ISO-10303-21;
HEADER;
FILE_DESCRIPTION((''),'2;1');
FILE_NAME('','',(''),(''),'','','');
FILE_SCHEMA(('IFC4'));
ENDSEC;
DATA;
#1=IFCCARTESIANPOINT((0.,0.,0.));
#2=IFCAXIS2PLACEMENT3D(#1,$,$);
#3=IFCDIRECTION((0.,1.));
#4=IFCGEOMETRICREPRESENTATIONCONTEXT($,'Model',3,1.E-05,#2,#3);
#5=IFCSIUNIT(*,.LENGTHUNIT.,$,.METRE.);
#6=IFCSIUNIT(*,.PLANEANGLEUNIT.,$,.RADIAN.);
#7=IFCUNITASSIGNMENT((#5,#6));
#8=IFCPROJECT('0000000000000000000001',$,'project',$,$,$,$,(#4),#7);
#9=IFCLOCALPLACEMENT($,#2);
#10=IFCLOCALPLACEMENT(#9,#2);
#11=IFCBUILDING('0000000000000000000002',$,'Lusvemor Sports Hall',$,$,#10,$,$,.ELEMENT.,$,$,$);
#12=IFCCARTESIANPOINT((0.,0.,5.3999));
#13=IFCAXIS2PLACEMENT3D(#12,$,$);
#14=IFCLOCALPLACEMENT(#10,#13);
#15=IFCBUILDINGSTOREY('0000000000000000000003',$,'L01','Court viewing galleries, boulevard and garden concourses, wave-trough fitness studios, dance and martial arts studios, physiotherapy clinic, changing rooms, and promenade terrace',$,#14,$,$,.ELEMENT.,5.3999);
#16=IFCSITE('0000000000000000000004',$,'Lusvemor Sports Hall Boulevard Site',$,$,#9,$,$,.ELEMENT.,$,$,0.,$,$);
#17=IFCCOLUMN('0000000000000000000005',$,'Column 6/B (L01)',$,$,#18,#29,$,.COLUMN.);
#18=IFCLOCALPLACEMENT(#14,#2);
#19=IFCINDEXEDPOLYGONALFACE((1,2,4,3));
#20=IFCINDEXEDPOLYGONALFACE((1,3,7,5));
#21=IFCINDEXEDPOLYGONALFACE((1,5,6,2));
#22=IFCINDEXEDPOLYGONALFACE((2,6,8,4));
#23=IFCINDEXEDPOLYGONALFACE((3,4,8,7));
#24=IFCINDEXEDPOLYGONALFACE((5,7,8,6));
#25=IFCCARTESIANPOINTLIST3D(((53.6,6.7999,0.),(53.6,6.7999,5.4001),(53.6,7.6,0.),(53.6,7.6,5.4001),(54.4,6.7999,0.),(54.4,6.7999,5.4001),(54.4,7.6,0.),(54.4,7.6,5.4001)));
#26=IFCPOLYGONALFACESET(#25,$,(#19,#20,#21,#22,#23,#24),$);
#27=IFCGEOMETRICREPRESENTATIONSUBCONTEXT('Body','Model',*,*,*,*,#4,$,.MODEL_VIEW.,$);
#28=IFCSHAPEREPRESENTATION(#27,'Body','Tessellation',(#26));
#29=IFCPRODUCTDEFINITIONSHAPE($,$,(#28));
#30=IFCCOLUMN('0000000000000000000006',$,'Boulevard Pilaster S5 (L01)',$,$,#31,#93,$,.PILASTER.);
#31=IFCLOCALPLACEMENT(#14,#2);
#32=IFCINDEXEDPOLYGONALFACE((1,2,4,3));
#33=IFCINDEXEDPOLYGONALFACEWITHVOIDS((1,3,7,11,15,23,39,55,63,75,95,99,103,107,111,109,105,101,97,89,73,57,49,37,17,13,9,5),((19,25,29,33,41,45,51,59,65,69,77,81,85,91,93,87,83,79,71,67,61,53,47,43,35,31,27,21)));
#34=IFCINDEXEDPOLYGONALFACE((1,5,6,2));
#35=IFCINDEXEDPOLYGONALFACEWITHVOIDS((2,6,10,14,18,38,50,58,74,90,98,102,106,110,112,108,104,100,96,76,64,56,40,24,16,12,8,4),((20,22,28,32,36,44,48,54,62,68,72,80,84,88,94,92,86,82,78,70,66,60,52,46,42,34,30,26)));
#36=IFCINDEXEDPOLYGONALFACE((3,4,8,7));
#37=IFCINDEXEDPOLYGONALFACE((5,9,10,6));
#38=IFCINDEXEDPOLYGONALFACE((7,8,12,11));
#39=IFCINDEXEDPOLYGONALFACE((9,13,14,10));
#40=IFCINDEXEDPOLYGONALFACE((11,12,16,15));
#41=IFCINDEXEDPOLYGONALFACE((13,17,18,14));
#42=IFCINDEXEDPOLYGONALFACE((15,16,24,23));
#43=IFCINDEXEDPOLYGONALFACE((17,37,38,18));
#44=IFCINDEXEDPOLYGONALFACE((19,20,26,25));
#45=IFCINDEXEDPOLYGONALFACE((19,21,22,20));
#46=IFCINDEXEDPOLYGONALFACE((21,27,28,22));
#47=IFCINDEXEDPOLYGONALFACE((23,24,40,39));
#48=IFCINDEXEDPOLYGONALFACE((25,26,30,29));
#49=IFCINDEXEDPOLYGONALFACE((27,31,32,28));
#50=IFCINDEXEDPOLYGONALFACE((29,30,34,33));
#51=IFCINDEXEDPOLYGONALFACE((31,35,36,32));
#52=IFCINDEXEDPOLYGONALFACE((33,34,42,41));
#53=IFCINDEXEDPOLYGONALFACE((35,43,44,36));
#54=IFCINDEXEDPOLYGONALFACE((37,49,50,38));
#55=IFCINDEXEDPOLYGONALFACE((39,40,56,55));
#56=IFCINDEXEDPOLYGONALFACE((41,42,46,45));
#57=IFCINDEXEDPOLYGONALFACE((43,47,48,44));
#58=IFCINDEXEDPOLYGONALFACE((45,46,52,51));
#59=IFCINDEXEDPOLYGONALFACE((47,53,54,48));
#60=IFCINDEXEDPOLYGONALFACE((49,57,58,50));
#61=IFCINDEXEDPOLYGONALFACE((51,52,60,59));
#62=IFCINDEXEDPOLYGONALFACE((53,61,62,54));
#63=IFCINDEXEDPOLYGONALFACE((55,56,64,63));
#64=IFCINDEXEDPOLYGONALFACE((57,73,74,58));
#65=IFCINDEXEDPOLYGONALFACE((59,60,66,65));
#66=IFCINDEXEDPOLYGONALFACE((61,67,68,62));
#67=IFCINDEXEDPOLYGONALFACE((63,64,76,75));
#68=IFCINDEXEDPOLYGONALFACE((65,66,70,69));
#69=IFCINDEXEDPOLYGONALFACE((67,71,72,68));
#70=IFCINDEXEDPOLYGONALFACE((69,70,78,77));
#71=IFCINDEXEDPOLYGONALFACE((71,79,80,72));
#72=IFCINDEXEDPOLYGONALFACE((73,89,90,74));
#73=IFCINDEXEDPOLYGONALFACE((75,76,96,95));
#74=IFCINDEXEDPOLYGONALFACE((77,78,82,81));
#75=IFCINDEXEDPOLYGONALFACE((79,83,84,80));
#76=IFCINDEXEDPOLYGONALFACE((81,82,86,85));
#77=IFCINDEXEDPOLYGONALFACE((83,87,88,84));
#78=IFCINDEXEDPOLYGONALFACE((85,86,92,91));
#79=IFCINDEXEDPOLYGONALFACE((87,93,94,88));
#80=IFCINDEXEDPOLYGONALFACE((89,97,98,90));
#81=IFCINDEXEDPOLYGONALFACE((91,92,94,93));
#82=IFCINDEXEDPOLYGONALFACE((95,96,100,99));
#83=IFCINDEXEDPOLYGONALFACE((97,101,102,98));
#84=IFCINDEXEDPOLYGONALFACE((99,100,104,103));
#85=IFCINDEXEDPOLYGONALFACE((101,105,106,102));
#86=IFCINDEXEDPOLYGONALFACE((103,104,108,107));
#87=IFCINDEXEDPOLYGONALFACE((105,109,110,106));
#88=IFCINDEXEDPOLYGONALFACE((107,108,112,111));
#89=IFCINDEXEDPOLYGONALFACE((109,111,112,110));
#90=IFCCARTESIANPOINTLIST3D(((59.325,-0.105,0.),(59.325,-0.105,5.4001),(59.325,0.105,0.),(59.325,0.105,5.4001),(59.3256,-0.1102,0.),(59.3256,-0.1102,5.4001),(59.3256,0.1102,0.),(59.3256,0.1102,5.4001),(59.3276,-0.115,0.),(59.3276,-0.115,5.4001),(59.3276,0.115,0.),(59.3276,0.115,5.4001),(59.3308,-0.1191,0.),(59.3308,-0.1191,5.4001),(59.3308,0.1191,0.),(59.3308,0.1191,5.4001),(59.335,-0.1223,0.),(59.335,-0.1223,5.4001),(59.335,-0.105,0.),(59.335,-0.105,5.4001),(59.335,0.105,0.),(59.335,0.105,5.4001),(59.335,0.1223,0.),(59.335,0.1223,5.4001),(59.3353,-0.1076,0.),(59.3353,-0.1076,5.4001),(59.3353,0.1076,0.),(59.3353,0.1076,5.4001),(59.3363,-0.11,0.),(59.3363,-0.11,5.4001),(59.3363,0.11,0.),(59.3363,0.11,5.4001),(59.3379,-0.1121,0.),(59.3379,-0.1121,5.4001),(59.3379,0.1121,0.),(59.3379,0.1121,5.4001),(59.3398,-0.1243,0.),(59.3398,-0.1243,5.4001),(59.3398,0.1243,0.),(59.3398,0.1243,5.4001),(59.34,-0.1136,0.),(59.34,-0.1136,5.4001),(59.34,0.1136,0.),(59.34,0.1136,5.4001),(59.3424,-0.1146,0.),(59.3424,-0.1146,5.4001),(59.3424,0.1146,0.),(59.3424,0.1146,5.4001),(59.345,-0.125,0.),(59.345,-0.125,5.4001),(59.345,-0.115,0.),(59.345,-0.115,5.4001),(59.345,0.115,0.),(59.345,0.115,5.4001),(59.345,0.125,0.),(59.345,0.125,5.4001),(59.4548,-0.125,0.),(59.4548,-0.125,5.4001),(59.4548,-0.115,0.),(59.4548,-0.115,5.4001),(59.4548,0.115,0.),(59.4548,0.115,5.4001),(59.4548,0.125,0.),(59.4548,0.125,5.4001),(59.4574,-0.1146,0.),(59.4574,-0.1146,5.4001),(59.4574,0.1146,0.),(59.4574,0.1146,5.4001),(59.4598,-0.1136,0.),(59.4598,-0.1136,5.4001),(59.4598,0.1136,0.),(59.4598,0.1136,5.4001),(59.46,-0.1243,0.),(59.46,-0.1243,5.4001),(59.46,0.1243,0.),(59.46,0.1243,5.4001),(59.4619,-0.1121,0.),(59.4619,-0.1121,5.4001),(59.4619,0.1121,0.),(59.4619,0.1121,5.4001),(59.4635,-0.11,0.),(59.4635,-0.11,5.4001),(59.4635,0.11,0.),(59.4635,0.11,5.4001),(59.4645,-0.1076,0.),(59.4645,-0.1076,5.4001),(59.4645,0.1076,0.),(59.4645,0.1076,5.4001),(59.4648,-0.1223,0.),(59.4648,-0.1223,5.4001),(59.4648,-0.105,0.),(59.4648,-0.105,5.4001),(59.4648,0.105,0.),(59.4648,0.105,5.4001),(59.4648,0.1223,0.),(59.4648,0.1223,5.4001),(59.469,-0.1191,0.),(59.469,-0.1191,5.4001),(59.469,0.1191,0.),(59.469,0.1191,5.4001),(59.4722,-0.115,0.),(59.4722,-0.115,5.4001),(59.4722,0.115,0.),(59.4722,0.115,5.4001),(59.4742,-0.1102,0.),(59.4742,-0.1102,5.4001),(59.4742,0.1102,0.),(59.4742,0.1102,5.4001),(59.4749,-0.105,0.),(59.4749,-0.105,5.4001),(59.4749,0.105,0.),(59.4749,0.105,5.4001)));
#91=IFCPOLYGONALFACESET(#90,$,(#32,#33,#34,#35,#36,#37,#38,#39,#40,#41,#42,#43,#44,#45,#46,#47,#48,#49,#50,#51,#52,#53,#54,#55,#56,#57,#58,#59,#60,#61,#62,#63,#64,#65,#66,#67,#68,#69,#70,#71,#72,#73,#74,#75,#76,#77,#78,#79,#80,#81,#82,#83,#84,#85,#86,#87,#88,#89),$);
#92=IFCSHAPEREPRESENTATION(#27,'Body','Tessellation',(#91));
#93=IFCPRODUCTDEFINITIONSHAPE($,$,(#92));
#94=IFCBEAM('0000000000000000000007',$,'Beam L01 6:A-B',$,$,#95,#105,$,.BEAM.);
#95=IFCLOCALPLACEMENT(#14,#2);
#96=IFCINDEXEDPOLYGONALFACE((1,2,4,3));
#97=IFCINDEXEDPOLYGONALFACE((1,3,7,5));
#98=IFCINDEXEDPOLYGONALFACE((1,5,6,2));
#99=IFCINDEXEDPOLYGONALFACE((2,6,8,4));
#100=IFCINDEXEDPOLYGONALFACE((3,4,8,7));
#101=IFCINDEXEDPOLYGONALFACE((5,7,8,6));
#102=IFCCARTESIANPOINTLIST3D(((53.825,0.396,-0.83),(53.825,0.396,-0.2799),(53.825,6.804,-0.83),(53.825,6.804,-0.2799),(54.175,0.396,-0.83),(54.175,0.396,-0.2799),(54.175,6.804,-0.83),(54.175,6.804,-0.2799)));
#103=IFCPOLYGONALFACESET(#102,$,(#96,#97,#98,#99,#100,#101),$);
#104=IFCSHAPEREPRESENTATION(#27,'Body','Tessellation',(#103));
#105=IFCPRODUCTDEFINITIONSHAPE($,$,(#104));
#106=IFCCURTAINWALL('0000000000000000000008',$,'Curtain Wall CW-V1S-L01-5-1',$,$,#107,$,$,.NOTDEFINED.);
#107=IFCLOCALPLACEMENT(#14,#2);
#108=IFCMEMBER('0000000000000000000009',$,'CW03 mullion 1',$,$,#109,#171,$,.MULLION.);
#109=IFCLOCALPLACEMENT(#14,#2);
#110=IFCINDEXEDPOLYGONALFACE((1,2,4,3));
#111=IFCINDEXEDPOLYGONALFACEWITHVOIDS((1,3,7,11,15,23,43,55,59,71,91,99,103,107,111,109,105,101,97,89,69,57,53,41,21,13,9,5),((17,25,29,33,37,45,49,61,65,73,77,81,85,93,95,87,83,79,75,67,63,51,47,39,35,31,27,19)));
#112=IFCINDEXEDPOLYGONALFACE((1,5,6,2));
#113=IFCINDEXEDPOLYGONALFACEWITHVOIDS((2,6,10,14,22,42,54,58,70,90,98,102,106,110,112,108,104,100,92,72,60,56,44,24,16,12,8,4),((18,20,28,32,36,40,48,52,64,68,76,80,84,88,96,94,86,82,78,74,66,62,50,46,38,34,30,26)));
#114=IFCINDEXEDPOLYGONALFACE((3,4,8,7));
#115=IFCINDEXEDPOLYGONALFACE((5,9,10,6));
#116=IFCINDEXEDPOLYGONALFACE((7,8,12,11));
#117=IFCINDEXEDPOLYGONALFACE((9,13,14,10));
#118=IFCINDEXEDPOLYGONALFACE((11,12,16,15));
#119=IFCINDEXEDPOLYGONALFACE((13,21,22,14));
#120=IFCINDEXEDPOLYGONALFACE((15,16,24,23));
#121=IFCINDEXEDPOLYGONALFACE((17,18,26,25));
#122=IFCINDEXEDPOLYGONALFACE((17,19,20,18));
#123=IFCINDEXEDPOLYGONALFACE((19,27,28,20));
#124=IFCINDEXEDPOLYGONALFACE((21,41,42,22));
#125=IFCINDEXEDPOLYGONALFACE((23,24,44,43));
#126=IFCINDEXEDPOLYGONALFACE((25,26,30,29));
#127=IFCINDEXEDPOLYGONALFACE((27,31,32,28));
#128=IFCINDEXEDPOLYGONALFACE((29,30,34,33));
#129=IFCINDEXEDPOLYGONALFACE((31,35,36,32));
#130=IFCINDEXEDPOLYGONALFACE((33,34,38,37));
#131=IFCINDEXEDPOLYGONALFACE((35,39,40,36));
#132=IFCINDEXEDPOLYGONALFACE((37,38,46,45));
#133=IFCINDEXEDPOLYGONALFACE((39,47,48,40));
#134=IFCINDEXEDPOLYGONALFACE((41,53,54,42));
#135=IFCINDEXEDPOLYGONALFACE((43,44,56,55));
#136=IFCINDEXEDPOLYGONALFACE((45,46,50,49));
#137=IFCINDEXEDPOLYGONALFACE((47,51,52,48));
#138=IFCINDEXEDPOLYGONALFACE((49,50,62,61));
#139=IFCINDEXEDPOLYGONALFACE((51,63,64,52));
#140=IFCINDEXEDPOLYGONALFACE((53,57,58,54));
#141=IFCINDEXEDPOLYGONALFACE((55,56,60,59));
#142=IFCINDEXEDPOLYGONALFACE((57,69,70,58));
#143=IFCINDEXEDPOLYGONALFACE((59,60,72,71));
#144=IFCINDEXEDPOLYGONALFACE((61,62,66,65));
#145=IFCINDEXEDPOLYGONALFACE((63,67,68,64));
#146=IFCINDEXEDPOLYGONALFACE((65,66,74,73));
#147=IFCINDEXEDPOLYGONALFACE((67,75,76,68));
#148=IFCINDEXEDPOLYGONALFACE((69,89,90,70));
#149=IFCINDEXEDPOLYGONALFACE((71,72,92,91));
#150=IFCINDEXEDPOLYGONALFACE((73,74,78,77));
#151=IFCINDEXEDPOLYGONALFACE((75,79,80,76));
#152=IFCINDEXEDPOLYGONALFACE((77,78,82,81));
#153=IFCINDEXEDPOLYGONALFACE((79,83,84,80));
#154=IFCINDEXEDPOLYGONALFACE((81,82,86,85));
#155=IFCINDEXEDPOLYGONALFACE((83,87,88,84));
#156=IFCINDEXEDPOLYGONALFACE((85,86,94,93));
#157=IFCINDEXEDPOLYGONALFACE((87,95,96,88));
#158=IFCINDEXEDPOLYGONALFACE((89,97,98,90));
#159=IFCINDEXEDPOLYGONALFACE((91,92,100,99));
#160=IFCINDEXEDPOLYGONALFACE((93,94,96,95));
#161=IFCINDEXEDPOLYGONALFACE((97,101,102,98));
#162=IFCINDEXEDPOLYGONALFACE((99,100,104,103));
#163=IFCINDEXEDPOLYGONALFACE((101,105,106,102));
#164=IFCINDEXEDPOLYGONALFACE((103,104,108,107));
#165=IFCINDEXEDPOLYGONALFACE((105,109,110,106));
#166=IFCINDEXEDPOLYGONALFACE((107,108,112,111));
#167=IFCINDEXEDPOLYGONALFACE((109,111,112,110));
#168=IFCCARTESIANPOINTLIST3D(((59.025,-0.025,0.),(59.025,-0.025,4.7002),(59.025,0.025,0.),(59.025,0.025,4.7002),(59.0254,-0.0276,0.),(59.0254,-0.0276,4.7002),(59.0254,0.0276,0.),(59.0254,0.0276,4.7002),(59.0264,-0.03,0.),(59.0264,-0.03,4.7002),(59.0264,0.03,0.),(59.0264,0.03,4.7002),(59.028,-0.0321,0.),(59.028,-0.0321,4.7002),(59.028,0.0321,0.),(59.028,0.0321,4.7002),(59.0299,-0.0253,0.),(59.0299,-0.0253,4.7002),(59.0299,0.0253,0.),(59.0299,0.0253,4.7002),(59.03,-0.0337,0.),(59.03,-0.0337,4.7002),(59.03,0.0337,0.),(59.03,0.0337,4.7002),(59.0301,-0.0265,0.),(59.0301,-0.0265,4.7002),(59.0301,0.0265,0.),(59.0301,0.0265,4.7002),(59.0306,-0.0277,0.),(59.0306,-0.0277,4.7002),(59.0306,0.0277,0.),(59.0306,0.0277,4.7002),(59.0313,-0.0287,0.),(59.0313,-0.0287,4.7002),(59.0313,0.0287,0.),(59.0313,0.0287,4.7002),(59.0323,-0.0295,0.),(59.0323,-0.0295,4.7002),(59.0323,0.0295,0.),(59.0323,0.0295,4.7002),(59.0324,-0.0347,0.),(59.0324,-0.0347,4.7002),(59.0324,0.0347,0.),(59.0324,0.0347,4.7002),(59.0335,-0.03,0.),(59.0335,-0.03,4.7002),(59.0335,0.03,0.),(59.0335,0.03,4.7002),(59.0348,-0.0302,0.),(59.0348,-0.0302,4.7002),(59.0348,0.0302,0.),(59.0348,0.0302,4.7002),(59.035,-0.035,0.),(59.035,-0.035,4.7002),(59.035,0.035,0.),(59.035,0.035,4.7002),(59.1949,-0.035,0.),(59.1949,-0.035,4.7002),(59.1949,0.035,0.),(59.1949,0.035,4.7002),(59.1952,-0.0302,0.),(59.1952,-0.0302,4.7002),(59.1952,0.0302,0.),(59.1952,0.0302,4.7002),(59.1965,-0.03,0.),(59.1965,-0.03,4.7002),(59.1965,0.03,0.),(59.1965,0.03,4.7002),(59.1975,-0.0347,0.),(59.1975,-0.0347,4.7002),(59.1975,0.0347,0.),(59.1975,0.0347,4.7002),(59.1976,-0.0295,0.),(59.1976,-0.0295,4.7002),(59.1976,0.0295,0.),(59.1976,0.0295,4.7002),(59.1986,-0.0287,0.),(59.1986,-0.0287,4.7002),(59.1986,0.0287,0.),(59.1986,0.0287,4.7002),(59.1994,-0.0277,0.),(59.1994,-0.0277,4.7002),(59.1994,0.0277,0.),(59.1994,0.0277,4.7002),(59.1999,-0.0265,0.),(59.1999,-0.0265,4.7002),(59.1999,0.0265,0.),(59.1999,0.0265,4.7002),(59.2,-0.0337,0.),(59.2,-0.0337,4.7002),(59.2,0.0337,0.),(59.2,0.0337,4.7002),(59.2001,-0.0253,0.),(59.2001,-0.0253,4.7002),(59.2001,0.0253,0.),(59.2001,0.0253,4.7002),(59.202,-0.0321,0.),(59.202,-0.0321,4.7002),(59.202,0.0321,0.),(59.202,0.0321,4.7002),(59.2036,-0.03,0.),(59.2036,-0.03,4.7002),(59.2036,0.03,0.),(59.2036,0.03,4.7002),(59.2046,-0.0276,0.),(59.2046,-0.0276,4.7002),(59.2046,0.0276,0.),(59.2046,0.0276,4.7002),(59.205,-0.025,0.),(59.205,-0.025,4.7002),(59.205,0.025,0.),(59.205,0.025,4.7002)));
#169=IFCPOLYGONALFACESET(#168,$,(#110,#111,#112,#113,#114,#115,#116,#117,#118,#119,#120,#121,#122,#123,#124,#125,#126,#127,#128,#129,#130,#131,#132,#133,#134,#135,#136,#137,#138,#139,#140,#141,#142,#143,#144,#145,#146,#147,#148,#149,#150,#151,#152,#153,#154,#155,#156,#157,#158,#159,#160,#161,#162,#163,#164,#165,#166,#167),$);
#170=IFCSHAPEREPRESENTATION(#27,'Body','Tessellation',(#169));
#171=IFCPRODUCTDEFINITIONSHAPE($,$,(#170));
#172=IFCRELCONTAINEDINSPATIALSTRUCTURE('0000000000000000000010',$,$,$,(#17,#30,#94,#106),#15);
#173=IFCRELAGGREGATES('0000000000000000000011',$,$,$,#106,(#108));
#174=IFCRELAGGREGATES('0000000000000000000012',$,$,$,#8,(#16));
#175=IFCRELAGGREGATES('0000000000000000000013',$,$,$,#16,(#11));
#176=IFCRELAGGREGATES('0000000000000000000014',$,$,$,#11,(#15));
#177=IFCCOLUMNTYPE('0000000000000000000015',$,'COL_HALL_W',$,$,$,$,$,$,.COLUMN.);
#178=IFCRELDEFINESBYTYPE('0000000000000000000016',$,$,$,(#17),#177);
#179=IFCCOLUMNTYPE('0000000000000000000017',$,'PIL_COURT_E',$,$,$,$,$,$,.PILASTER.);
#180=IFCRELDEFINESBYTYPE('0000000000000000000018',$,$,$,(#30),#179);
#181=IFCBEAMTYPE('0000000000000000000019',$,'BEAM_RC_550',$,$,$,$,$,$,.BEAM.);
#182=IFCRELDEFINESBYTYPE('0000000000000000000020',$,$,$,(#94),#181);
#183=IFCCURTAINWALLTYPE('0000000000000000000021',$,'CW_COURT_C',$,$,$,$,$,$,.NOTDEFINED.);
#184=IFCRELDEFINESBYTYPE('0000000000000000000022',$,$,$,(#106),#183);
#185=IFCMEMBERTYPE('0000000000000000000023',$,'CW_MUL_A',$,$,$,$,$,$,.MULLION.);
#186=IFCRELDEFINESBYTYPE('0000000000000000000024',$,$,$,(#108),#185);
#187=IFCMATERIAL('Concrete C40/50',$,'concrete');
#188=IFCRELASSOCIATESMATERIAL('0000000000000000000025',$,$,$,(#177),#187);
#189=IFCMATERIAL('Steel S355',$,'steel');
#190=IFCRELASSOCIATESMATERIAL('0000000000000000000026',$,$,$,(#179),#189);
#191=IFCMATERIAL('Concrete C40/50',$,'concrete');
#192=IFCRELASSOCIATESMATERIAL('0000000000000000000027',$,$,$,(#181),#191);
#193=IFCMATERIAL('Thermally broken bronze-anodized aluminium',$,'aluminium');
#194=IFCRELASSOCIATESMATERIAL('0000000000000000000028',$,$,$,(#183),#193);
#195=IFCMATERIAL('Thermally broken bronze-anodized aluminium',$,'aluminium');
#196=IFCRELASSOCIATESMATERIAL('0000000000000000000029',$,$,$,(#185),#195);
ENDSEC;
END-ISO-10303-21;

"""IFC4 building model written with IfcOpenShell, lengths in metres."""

from ifc_helpers import new_model, si_unit, direction, frame, origin, origin_2d, place, context, subcontext, project, spatial, rectangle, hollow_rectangle, extrude, material, material_profile, profile_set, type_object, element, aggregate, save


model = new_model("IFC4")

# Units and contexts
model_context = context("Model", 3, precision=1e-05, world=origin(), true_north=direction((0.0, 1.0)))
body_context = subcontext(model_context, "Body", "Model", "MODEL_VIEW")
ifc_project = project(units=[si_unit("LENGTHUNIT", "METRE"), si_unit("PLANEANGLEUNIT", "RADIAN")], contexts=[model_context])

# Site, building, storey
site_placement = place(None, origin())
site = spatial("IfcSite", under=ifc_project, at=site_placement, Name="Lusvemor Sports Hall Boulevard Site", CompositionType="ELEMENT", RefElevation=0.0)
building_placement = place(site_placement, origin())
building = spatial("IfcBuilding", under=site, at=building_placement, Name="Lusvemor Sports Hall", CompositionType="ELEMENT")
storey_placement = place(building_placement, frame((0.0, 0.0, 5.3999)))
storey = spatial("IfcBuildingStorey", under=building, at=storey_placement, Name="L01", Description="Court viewing galleries, boulevard and garden concourses, wave-trough fitness studios, dance and martial arts studios, physiotherapy clinic, changing rooms, and promenade terrace", CompositionType="ELEMENT", Elevation=5.3999)

# Columns
ifc_material_1 = material(Name="Concrete C40/50", Category="concrete")
ifc_material_profile_1 = material_profile(ifc_material_1, rectangle(XDim=0.8, YDim=0.8, at=origin_2d()), Name="RC800x800")
ifc_profile_set_1 = profile_set([ifc_material_profile_1], Name="Concrete C40/50")
column_type_1 = type_object("IfcColumnType", Name="COL_HALL_W", PredefinedType="COLUMN", material=ifc_profile_set_1)
column_1_placement = place(storey_placement, frame((54.0, 7.2, 0.0), z_axis=(0.0, 0.0, 1.0), x_axis=(1.0, 0.0, 0.0)))
element("IfcColumn", 1, at=column_1_placement, inside=storey, type_object=column_type_1, Name="Column 6/B (L01)", PredefinedType="COLUMN", context=body_context, shape_type="SweptSolid", body=[
    extrude(rectangle(XDim=0.8, YDim=0.8, at=origin_2d()), origin(), (0.0, 0.0, 1.0), 5.4001),
])
ifc_material_2 = material(Name="Steel S355", Category="steel")
ifc_material_profile_2 = material_profile(ifc_material_2, hollow_rectangle(XDim=0.1499, YDim=0.25, WallThickness=0.01, InnerFilletRadius=0.01, OuterFilletRadius=0.02, at=origin_2d()), Name="RHS250x150x10")
ifc_profile_set_2 = profile_set([ifc_material_profile_2], Name="Steel S355")
column_type_2 = type_object("IfcColumnType", Name="PIL_COURT_E", PredefinedType="PILASTER", material=ifc_profile_set_2)
column_2_placement = place(storey_placement, frame((59.3999, 0.0, 0.0), z_axis=(0.0, 0.0, 1.0), x_axis=(1.0, 0.0, 0.0)))
element("IfcColumn", 2, at=column_2_placement, inside=storey, type_object=column_type_2, Name="Boulevard Pilaster S5 (L01)", PredefinedType="PILASTER", context=body_context, shape_type="SweptSolid", body=[
    extrude(hollow_rectangle(XDim=0.1499, YDim=0.25, WallThickness=0.01, InnerFilletRadius=0.01, OuterFilletRadius=0.02, at=origin_2d()), origin(), (0.0, 0.0, 1.0), 5.4001),
])

# Beam
ifc_material_3 = material(Name="Concrete C40/50", Category="concrete")
ifc_material_profile_3 = material_profile(ifc_material_3, rectangle(XDim=0.3501, YDim=0.55, at=origin_2d()), Name="RC350x550")
ifc_profile_set_3 = profile_set([ifc_material_profile_3], Name="Concrete C40/50")
beam_type_1 = type_object("IfcBeamType", Name="BEAM_RC_550", PredefinedType="BEAM", material=ifc_profile_set_3)
beam_1_placement = place(storey_placement, frame((54.0, 0.396, -0.5549), z_axis=(0.0, 1.0, 0.0), x_axis=(-1.0, 0.0, 0.0)))
element("IfcBeam", 3, at=beam_1_placement, inside=storey, type_object=beam_type_1, Name="Beam L01 6:A-B", PredefinedType="BEAM", context=body_context, shape_type="SweptSolid", body=[
    extrude(rectangle(XDim=0.3501, YDim=0.55, at=origin_2d()), origin(), (0.0, 0.0, 1.0), 6.408),
])

# Curtain wall, member
ifc_material_4 = material(Name="Thermally broken bronze-anodized aluminium", Category="aluminium")
curtain_wall_type = type_object("IfcCurtainWallType", Name="CW_COURT_C", PredefinedType="NOTDEFINED", material=ifc_material_4)
curtain_wall_placement = place(storey_placement, origin())
curtain_wall = element("IfcCurtainWall", 4, at=curtain_wall_placement, inside=storey, type_object=curtain_wall_type, Name="Curtain Wall CW-V1S-L01-5-1", PredefinedType="NOTDEFINED")
ifc_material_5 = material(Name="Thermally broken bronze-anodized aluminium", Category="aluminium")
ifc_material_profile_4 = material_profile(ifc_material_5, hollow_rectangle(XDim=0.0701, YDim=0.1799, WallThickness=0.0049, InnerFilletRadius=0.0049, OuterFilletRadius=0.01, at=origin_2d()), Name="CWMUL180x70x5")
ifc_profile_set_4 = profile_set([ifc_material_profile_4], Name="Thermally broken bronze-anodized aluminium")
member_type_1 = type_object("IfcMemberType", Name="CW_MUL_A", PredefinedType="MULLION", material=ifc_profile_set_4)
member_1_placement = place(storey_placement, frame((59.115, 0.0, 0.0), z_axis=(0.0, 0.0, 1.0), x_axis=(0.0, -1.0, 0.0)))
member_1 = element("IfcMember", 5, at=member_1_placement, type_object=member_type_1, Name="CW03 mullion 1", PredefinedType="MULLION", context=body_context, shape_type="SweptSolid", body=[
    extrude(hollow_rectangle(XDim=0.0701, YDim=0.1799, WallThickness=0.0049, InnerFilletRadius=0.0049, OuterFilletRadius=0.01, at=origin_2d()), origin(), (0.0, 0.0, 1.0), 4.7002),
])

aggregate(curtain_wall, [member_1])

save(model, "model.ifc")
